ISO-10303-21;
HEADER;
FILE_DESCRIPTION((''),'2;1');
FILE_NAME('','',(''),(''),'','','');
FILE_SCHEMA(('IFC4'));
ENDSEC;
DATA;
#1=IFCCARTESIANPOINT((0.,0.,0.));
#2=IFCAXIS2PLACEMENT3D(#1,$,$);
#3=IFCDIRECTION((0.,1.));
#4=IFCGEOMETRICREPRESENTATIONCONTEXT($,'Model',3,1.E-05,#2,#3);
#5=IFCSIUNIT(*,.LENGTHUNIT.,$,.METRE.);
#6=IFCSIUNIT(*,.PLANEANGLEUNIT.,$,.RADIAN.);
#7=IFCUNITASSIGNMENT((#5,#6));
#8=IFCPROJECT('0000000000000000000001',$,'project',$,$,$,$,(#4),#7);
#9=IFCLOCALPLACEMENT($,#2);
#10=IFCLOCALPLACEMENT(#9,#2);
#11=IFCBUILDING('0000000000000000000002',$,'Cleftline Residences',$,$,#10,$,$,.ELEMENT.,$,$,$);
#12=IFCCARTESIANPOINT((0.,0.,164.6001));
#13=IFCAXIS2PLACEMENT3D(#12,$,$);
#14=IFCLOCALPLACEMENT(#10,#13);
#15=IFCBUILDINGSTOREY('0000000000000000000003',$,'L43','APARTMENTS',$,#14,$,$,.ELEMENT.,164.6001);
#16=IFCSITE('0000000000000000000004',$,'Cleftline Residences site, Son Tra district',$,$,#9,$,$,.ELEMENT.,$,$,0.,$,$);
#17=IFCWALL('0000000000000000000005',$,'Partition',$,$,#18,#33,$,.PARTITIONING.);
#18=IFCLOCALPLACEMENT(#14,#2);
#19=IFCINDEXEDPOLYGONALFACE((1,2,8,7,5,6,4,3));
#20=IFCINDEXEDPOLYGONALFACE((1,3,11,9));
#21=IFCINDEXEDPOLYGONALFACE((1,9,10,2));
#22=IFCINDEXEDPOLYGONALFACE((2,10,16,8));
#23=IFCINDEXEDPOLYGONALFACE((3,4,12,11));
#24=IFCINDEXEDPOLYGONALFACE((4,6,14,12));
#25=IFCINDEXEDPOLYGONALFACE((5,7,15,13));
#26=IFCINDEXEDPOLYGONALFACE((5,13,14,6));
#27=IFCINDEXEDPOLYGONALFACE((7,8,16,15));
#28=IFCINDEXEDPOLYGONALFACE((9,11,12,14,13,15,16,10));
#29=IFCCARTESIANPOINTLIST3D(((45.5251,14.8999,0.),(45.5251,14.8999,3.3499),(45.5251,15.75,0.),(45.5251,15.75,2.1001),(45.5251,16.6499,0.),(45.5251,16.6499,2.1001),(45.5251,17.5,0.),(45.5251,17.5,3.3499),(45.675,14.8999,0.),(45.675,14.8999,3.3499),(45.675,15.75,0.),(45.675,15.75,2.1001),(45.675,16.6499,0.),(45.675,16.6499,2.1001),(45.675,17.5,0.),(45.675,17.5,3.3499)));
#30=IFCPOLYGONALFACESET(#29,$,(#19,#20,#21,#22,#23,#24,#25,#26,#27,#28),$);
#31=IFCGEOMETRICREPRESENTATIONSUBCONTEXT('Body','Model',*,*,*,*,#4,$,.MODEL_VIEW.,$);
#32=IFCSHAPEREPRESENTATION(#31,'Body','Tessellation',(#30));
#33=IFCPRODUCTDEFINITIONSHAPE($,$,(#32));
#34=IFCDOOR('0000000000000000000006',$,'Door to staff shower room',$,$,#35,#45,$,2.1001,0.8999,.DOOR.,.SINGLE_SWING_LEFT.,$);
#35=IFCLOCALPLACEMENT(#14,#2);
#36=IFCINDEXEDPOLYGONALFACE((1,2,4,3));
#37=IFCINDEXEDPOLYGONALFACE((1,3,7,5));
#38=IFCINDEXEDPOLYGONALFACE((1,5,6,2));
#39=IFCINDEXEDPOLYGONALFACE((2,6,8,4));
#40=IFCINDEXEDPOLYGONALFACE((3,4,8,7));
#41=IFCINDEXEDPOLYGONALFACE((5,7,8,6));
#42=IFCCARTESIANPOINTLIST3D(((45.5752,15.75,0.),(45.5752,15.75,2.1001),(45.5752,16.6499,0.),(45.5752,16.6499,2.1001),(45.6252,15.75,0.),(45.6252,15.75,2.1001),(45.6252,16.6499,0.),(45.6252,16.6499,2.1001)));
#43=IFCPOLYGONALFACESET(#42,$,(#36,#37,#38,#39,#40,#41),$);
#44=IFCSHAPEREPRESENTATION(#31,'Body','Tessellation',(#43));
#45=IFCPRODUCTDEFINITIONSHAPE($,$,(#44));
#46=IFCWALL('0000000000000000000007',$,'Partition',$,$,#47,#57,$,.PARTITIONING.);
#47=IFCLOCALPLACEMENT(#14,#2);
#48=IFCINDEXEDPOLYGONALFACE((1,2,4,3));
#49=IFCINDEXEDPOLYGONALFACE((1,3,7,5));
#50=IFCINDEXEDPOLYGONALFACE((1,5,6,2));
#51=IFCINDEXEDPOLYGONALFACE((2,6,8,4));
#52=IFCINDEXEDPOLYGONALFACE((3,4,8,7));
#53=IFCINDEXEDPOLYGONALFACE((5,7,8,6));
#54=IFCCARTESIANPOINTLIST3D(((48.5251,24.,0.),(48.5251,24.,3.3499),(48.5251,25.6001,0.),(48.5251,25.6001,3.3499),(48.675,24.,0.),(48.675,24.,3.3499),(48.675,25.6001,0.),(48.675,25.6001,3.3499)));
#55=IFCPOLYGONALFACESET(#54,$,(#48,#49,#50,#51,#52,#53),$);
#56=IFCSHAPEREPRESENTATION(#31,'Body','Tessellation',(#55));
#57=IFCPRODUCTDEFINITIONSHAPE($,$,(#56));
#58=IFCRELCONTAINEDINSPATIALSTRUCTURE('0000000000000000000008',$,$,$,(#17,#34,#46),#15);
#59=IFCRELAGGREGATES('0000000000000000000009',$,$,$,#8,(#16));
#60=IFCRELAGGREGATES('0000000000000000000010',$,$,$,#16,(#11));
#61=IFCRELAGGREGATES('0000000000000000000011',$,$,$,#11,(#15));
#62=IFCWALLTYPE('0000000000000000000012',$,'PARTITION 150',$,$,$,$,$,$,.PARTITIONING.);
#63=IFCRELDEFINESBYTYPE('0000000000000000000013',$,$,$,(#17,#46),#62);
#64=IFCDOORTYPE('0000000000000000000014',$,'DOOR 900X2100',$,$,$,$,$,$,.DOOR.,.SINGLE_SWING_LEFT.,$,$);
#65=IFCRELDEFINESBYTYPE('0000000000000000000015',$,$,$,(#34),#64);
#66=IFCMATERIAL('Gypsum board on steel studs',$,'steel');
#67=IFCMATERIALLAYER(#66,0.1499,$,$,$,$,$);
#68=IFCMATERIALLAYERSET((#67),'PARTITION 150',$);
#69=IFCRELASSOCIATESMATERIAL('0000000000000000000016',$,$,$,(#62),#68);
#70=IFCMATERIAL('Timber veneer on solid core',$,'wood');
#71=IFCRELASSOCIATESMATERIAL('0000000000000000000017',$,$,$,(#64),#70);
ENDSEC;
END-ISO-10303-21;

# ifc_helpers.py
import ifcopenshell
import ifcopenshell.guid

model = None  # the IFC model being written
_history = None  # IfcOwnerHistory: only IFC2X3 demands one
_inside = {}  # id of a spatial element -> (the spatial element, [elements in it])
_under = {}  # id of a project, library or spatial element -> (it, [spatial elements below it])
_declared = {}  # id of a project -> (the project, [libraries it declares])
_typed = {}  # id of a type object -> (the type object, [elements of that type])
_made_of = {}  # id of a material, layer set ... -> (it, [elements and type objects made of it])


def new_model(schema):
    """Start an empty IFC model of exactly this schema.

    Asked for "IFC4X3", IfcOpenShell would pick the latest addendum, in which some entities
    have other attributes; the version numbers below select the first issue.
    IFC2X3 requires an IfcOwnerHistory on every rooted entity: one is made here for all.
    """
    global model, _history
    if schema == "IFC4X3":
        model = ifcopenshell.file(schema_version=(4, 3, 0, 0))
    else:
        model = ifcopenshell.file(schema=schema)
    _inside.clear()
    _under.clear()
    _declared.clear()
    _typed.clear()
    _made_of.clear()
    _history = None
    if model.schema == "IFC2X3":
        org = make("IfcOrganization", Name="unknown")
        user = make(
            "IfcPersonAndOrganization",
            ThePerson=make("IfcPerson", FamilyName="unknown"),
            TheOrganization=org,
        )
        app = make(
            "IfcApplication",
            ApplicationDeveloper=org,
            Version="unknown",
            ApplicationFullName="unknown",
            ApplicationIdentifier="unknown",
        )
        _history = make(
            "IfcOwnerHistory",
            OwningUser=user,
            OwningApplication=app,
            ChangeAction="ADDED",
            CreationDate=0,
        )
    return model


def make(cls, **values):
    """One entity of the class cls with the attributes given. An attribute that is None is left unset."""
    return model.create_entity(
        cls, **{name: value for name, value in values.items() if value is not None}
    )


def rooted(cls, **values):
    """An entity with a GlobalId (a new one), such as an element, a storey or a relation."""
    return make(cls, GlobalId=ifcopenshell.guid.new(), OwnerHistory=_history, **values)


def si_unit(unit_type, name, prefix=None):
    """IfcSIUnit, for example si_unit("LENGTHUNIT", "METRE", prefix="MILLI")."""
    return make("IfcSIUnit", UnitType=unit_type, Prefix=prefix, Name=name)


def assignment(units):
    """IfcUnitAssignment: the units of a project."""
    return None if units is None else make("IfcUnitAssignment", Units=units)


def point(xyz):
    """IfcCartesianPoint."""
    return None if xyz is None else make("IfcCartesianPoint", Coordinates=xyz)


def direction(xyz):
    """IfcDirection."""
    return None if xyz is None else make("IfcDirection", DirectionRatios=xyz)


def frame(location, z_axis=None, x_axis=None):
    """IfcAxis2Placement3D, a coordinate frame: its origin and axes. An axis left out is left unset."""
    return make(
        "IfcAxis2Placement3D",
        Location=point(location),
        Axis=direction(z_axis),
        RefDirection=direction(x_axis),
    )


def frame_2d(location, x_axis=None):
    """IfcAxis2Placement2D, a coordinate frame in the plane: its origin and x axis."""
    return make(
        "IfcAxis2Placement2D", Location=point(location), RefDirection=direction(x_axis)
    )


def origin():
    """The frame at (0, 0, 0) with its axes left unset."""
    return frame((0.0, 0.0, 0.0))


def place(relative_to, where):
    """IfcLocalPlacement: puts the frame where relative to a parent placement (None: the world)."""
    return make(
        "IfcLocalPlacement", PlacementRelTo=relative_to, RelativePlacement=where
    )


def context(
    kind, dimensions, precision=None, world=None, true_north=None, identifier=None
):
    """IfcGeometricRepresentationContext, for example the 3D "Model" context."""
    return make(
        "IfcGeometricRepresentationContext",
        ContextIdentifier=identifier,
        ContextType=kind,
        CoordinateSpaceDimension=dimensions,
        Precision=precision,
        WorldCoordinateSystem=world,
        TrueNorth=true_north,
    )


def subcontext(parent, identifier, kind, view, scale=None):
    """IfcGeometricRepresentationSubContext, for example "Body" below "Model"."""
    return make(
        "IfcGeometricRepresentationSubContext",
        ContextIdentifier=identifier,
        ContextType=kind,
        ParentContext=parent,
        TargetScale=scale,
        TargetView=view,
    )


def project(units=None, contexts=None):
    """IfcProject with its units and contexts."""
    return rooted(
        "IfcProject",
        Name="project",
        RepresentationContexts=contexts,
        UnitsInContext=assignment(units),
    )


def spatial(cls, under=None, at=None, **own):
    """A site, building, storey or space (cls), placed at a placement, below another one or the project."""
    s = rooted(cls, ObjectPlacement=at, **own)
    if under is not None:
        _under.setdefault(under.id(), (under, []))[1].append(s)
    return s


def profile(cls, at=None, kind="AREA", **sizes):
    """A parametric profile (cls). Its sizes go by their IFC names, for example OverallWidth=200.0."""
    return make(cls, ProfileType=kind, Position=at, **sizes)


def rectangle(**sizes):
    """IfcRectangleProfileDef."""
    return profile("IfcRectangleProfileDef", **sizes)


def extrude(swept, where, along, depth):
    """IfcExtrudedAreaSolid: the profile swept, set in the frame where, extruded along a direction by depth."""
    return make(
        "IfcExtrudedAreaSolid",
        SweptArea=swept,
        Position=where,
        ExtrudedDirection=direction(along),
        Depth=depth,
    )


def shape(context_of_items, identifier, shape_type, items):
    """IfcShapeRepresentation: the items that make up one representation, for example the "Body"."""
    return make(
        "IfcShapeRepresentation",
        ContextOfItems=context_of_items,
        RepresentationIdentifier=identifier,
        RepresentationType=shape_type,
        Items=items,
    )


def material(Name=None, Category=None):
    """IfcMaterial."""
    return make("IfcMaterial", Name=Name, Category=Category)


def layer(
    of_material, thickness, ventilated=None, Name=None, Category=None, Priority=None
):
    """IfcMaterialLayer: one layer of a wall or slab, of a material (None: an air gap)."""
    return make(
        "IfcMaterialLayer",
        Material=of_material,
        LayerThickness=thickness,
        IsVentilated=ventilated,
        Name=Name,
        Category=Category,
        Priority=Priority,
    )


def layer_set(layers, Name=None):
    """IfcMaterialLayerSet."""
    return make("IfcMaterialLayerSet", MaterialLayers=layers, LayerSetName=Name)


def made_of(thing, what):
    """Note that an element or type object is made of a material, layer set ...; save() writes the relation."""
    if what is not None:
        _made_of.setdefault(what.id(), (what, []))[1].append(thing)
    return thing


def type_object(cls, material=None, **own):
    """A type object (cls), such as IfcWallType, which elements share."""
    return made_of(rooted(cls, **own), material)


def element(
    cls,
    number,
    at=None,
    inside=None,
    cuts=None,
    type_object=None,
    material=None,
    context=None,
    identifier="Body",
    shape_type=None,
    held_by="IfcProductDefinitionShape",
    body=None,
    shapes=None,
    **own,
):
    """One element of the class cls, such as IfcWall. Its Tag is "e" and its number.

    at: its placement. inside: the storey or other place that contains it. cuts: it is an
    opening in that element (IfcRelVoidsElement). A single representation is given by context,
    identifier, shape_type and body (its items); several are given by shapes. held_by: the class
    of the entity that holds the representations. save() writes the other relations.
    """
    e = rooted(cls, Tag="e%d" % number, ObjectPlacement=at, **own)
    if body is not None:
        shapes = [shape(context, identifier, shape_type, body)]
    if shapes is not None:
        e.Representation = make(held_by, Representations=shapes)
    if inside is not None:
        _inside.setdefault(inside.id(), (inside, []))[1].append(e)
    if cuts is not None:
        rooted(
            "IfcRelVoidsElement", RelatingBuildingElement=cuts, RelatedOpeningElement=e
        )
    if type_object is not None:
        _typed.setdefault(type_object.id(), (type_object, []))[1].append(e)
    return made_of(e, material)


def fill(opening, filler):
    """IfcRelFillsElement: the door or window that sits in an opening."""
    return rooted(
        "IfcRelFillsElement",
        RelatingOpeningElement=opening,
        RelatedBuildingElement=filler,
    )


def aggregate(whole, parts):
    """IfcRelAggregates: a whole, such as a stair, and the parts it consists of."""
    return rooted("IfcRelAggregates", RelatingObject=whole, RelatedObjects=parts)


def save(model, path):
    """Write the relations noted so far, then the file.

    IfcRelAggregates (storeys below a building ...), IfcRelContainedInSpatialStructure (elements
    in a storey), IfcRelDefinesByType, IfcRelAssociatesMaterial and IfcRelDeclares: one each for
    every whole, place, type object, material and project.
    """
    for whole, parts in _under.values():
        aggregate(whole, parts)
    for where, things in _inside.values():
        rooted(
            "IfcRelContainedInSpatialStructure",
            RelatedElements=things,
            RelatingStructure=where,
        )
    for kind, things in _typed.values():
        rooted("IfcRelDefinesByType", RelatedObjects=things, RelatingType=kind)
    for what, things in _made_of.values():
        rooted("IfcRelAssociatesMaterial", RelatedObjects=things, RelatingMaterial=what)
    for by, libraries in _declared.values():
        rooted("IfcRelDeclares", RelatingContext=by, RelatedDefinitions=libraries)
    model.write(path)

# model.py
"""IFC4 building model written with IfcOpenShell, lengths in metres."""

from ifc_helpers import new_model, si_unit, direction, frame, frame_2d, origin, place, context, subcontext, project, spatial, rectangle, extrude, material, layer, layer_set, type_object, element, fill, save


model = new_model("IFC4")

# Units and contexts
model_context = context("Model", 3, precision=1e-05, world=origin(), true_north=direction((0.0, 1.0)))
body_context = subcontext(model_context, "Body", "Model", "MODEL_VIEW")
ifc_project = project(units=[si_unit("LENGTHUNIT", "METRE"), si_unit("PLANEANGLEUNIT", "RADIAN")], contexts=[model_context])

# Site, building, storey
site_placement = place(None, origin())
site = spatial("IfcSite", under=ifc_project, at=site_placement, Name="Cleftline Residences site, Son Tra district", CompositionType="ELEMENT", RefElevation=0.0)
building_placement = place(site_placement, origin())
building = spatial("IfcBuilding", under=site, at=building_placement, Name="Cleftline Residences", CompositionType="ELEMENT")
storey_placement = place(building_placement, frame((0.0, 0.0, 164.6001)))
storey = spatial("IfcBuildingStorey", under=building, at=storey_placement, Name="L43", Description="APARTMENTS", CompositionType="ELEMENT", Elevation=164.6001)

# Shared definitions
ifc_material_1 = material(Name="Gypsum board on steel studs", Category="steel")
ifc_layer_1 = layer(ifc_material_1, 0.1499)
ifc_layer_set_1 = layer_set([ifc_layer_1], Name="PARTITION 150")
wall_type_1 = type_object("IfcWallType", Name="PARTITION 150", PredefinedType="PARTITIONING", material=ifc_layer_set_1)

# Wall, opening, door
wall_1_placement = place(storey_placement, frame((45.6001, 14.8999, 0.0), z_axis=(0.0, 0.0, 1.0), x_axis=(0.0, 1.0, 0.0)))
wall_1 = element("IfcWall", 1, at=wall_1_placement, inside=storey, type_object=wall_type_1, Name="Partition", PredefinedType="PARTITIONING", context=body_context, shape_type="SweptSolid", body=[
    extrude(rectangle(XDim=2.6001, YDim=0.1499, at=frame_2d((1.3, 0.0))), origin(), (0.0, 0.0, 1.0), 3.3499),
])
opening_1_placement = place(wall_1_placement, frame((0.8501, 0.0, 0.0)))
opening_1 = element("IfcOpeningElement", 2, at=opening_1_placement, cuts=wall_1, PredefinedType="OPENING", context=body_context, shape_type="SweptSolid", body=[
    extrude(rectangle(XDim=0.8999, YDim=2.1001, at=frame_2d((0.45, 1.05))), frame((0.0, 0.085, 0.0), z_axis=(0.0, -1.0, 0.0), x_axis=(1.0, 0.0, 0.0)), (0.0, 0.0, 1.0), 0.1699),
])
ifc_material_2 = material(Name="Timber veneer on solid core", Category="wood")
door_type_1 = type_object("IfcDoorType", Name="DOOR 900X2100", OperationType="SINGLE_SWING_LEFT", PredefinedType="DOOR", material=ifc_material_2)
door_1_placement = place(opening_1_placement, origin())
door_1 = element("IfcDoor", 3, at=door_1_placement, inside=storey, type_object=door_type_1, Name="Door to staff shower room", OperationType="SINGLE_SWING_LEFT", OverallHeight=2.1001, OverallWidth=0.8999, PredefinedType="DOOR", context=body_context, shape_type="SweptSolid", body=[
    extrude(rectangle(XDim=0.8999, YDim=2.1001, at=frame_2d((0.45, 1.05))), frame((0.0, 0.0249, 0.0), z_axis=(0.0, -1.0, 0.0), x_axis=(1.0, 0.0, 0.0)), (0.0, 0.0, 1.0), 0.05),
])
fill(opening_1, door_1)

# Wall
wall_2_placement = place(storey_placement, frame((48.6001, 24.0, 0.0), z_axis=(0.0, 0.0, 1.0), x_axis=(0.0, 1.0, 0.0)))
element("IfcWall", 4, at=wall_2_placement, inside=storey, type_object=wall_type_1, Name="Partition", PredefinedType="PARTITIONING", context=body_context, shape_type="SweptSolid", body=[
    extrude(rectangle(XDim=1.6001, YDim=0.1499, at=frame_2d((0.8, 0.0))), origin(), (0.0, 0.0, 1.0), 3.3499),
])

save(model, "model.ifc")
